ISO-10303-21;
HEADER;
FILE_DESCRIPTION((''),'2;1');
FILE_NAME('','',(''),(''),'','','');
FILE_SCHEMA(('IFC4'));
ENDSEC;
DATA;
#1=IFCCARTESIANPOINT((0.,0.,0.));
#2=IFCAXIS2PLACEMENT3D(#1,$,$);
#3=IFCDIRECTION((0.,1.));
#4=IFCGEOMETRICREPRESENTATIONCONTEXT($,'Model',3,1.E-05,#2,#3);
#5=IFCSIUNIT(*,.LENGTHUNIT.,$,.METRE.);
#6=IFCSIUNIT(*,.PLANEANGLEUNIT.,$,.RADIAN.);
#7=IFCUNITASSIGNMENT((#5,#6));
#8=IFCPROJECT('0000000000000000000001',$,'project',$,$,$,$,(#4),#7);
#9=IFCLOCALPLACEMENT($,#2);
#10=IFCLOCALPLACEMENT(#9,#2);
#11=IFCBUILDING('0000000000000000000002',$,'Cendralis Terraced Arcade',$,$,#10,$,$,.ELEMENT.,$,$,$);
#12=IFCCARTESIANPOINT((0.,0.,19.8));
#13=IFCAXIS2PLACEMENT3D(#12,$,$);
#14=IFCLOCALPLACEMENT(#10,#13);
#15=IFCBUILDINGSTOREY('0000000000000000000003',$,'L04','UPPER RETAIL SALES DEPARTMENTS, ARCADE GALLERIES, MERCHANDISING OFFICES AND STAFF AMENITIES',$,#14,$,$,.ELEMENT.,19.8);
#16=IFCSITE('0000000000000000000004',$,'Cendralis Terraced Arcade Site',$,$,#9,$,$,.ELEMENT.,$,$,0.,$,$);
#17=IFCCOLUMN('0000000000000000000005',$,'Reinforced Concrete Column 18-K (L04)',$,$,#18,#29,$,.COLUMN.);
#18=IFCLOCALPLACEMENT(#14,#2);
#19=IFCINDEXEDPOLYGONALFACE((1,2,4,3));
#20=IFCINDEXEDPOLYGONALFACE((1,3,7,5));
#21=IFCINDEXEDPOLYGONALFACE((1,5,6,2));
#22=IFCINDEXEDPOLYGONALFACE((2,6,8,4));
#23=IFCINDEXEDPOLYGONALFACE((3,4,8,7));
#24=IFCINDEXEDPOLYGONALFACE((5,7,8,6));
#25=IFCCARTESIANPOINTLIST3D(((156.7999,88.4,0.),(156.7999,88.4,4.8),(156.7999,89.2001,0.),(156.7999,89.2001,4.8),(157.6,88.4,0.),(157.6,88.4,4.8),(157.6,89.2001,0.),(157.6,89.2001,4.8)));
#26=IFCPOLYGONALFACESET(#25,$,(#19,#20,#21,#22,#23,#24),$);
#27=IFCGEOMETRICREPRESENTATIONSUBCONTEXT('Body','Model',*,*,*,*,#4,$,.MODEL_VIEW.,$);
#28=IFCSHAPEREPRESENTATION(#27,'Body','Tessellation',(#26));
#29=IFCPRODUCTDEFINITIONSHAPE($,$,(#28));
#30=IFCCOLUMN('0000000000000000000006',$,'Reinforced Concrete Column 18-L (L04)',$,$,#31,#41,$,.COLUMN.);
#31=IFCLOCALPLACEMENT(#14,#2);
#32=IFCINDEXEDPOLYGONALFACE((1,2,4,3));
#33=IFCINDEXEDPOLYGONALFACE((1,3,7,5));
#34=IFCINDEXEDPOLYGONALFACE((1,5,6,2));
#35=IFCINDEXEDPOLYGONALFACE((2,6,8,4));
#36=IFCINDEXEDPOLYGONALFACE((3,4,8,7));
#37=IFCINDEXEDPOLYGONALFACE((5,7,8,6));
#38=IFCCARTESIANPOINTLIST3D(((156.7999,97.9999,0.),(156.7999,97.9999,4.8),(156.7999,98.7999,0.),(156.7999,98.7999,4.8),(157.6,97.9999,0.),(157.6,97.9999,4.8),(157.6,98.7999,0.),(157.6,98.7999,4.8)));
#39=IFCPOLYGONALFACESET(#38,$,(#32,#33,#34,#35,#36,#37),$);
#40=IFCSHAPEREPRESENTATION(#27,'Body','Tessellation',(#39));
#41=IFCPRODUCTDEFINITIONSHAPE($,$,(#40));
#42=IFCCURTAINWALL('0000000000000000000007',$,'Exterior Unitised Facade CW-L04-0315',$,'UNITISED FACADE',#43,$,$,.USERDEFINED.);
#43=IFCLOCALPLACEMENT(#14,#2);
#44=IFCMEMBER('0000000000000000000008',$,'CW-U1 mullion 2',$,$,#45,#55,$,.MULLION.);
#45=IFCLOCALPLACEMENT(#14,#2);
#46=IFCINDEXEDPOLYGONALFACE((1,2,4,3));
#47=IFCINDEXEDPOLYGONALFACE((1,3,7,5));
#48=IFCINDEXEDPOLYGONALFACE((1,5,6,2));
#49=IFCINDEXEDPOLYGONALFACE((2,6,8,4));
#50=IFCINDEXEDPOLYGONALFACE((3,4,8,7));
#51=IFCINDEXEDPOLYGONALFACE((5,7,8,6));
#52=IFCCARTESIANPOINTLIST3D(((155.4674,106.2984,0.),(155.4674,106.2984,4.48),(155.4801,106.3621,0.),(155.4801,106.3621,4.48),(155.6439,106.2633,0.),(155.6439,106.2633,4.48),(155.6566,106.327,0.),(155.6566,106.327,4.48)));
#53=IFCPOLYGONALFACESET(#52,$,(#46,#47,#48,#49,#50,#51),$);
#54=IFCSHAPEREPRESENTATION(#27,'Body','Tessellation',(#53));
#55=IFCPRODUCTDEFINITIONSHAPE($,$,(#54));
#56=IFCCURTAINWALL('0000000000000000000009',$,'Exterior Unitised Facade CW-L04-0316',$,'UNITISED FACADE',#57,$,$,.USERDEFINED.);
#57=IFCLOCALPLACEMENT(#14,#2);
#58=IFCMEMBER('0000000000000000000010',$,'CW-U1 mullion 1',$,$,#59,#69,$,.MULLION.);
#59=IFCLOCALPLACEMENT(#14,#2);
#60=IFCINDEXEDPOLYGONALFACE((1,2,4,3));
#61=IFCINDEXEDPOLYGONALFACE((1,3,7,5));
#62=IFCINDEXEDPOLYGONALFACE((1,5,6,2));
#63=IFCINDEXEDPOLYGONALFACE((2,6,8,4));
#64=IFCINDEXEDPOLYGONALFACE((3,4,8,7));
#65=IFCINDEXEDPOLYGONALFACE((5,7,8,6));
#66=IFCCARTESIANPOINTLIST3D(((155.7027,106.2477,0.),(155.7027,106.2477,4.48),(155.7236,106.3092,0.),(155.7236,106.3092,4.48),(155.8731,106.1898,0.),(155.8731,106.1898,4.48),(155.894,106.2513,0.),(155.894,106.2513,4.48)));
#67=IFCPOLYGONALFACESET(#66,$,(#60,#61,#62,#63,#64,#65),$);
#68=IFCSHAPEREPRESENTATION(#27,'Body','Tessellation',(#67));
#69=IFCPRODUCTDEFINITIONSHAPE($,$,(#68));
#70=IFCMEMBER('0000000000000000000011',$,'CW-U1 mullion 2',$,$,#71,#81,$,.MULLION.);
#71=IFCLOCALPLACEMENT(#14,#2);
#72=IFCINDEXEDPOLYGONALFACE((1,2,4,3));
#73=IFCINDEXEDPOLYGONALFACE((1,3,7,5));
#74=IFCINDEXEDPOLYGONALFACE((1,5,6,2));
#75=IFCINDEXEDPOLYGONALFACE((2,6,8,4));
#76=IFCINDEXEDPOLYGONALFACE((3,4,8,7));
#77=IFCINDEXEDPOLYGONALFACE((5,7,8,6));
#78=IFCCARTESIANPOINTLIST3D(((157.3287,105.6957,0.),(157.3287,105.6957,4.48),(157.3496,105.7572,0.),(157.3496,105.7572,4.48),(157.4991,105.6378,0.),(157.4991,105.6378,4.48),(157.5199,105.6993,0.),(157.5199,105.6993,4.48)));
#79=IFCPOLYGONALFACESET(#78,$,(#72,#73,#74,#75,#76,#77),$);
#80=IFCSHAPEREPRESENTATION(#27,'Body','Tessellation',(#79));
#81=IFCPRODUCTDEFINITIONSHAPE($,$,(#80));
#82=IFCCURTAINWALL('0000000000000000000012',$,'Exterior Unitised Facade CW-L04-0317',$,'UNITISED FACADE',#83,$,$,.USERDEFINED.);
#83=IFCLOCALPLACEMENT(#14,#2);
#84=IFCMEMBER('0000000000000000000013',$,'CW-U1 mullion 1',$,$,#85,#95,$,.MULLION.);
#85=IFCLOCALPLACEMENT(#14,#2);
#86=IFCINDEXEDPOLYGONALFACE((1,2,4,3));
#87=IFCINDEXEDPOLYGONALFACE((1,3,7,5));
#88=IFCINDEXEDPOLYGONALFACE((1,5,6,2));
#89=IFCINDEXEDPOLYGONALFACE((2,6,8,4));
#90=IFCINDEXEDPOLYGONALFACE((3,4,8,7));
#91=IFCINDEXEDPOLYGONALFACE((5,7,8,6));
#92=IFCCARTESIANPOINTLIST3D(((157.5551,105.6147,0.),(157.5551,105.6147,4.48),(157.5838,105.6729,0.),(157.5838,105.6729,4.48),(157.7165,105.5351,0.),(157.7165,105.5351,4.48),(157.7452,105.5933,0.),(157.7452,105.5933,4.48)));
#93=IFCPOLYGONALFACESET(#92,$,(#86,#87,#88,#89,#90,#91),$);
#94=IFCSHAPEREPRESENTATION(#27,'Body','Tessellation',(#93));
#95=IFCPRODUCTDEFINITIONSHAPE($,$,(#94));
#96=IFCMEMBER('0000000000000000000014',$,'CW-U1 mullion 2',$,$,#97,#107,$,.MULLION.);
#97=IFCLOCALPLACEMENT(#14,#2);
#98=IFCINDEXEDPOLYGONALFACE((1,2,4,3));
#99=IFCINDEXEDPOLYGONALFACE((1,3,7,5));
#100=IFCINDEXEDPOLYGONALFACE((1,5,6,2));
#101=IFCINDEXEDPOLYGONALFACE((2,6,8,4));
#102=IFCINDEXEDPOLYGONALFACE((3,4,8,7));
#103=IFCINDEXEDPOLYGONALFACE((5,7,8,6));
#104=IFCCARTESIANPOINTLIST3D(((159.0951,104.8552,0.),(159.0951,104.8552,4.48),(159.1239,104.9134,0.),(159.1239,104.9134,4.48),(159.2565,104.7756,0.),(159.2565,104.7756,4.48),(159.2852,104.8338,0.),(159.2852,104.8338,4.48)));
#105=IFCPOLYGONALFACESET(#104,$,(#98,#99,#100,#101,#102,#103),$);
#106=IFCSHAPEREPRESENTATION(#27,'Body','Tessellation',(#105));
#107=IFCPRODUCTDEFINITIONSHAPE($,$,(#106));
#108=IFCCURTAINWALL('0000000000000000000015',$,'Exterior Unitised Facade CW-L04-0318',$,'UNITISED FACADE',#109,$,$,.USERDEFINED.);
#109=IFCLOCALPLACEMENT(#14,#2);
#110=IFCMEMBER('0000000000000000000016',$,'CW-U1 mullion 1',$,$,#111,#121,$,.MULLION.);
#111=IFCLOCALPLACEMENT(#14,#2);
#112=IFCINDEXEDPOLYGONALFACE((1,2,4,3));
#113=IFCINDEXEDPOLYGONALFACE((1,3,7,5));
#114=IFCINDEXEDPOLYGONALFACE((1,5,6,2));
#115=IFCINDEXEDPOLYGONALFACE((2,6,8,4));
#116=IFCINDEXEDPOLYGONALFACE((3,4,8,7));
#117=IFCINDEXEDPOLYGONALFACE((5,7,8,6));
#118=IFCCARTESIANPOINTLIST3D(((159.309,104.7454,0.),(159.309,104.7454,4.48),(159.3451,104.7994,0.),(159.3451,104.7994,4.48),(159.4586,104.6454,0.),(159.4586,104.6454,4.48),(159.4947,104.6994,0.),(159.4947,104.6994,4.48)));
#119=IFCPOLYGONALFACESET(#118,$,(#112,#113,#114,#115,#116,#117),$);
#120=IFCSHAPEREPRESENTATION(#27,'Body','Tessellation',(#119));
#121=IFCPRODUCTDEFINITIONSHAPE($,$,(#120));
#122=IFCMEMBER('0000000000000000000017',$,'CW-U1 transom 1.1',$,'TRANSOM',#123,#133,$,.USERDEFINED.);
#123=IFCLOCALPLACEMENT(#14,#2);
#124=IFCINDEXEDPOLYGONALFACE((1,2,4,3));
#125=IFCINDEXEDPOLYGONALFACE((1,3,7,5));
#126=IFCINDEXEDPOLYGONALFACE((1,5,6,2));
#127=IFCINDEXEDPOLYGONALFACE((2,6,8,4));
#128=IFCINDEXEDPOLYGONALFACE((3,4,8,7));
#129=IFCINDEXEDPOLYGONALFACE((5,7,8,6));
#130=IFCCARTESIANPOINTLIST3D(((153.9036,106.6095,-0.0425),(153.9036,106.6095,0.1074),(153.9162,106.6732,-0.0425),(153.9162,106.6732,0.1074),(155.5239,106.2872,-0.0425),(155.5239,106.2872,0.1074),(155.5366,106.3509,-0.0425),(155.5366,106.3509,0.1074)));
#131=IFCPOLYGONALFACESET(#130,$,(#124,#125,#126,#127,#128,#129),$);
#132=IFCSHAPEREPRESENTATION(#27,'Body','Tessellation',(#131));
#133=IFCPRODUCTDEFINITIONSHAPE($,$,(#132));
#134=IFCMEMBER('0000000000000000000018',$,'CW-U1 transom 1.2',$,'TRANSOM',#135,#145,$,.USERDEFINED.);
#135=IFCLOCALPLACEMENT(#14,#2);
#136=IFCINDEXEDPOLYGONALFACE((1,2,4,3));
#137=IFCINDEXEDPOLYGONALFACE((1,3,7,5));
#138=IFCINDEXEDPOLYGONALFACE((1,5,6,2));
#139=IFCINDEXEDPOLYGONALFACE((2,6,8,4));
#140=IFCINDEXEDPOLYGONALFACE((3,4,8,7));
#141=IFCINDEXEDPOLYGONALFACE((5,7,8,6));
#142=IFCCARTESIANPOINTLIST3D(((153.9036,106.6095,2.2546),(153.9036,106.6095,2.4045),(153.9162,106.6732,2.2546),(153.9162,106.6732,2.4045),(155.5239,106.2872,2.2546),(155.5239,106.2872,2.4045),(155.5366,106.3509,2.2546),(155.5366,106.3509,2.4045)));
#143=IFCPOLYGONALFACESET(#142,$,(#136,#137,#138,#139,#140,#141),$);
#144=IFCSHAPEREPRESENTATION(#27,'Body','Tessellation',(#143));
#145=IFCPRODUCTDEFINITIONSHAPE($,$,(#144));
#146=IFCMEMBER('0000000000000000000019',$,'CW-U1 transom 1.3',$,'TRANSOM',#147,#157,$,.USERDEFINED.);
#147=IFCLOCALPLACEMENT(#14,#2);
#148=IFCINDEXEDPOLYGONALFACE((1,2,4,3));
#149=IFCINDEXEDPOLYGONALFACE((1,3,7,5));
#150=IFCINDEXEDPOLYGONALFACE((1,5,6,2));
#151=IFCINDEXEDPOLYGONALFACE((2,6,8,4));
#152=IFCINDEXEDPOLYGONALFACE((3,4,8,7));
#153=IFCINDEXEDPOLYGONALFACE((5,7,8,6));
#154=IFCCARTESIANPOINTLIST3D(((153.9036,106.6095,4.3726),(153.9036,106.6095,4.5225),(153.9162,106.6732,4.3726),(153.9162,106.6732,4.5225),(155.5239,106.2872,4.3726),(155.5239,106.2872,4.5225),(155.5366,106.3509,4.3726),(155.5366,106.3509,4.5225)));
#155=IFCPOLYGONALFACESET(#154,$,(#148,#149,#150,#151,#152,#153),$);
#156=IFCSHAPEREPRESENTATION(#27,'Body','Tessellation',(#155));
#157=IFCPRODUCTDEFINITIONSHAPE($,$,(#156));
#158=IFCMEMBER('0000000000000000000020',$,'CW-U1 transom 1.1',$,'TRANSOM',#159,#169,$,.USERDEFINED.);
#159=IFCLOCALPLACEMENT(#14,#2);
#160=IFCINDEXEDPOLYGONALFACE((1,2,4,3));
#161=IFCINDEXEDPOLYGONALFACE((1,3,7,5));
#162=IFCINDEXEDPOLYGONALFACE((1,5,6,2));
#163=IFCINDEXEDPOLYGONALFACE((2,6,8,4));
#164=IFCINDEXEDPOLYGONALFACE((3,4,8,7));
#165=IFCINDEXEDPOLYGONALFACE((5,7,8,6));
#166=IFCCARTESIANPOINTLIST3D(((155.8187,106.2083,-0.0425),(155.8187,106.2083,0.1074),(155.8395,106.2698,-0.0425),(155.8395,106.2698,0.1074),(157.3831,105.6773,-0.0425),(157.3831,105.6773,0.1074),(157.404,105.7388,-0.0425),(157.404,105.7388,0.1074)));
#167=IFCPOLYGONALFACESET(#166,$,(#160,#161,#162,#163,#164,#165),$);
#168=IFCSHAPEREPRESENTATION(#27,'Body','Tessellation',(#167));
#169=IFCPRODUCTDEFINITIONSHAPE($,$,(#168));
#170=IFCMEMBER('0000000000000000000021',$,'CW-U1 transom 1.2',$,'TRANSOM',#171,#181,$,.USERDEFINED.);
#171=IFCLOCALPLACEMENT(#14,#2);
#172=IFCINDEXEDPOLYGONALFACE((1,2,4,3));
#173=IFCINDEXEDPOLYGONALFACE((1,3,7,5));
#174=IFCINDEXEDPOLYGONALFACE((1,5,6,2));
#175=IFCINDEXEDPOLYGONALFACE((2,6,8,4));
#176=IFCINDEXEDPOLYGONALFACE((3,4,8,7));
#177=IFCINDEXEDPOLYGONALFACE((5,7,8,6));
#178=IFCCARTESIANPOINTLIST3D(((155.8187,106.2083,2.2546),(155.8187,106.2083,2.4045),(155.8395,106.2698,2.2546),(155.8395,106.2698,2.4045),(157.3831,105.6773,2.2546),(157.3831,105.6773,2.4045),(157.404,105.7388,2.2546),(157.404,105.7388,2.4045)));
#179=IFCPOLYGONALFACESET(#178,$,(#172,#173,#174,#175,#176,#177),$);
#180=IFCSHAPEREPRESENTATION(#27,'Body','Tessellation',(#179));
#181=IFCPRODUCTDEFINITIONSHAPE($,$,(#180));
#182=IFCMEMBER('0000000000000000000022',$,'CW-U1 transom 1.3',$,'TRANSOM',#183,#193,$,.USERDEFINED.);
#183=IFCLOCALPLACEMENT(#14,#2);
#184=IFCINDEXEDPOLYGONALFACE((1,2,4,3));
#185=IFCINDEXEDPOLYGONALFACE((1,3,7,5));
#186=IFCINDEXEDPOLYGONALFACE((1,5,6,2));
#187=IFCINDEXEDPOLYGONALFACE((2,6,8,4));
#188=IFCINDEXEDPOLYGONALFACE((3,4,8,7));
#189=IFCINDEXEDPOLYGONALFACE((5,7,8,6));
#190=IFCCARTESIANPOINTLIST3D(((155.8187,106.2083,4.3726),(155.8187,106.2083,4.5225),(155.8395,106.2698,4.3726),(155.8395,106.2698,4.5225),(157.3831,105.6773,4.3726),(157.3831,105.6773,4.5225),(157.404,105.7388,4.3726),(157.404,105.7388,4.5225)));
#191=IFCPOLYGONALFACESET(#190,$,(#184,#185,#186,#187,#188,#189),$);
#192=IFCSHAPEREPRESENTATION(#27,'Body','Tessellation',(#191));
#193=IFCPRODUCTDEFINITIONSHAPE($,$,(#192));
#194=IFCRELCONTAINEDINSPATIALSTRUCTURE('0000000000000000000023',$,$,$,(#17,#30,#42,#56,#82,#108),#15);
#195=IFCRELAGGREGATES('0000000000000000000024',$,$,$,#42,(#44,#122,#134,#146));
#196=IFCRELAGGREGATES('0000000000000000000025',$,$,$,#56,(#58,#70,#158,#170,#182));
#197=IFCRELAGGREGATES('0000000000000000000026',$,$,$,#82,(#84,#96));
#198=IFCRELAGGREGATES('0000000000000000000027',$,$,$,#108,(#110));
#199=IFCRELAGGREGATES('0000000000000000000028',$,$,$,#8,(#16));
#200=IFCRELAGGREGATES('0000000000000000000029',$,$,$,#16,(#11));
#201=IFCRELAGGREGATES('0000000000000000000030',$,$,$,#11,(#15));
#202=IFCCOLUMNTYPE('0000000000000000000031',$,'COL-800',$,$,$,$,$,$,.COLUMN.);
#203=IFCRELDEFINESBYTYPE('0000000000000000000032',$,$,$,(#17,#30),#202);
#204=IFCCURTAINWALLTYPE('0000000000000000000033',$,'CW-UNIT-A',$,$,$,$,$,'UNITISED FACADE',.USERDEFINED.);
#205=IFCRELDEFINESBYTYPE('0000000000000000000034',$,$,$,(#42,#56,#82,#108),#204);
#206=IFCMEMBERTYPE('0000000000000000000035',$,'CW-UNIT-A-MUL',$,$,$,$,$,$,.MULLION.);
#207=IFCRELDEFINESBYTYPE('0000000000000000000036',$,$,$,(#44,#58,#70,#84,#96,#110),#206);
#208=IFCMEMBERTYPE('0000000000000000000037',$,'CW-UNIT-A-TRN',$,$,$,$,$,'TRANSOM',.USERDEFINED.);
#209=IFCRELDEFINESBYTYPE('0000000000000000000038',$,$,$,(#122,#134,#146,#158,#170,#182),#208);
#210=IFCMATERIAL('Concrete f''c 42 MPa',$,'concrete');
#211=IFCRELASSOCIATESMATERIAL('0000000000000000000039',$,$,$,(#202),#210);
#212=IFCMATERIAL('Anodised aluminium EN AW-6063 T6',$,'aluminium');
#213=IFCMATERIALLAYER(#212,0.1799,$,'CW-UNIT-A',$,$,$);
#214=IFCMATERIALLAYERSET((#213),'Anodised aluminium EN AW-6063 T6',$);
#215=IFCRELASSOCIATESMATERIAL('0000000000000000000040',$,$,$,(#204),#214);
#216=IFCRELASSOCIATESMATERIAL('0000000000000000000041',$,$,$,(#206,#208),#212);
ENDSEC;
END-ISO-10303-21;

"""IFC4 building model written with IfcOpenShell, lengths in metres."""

from ifc_helpers import new_model, si_unit, direction, frame, origin, origin_2d, place, context, subcontext, project, spatial, rectangle, extrude, material, layer, layer_set, material_profile, profile_set, type_object, element, aggregate, save


model = new_model("IFC4")

# Units and contexts
model_context = context("Model", 3, precision=1e-05, world=origin(), true_north=direction((0.0, 1.0)))
body_context = subcontext(model_context, "Body", "Model", "MODEL_VIEW")
ifc_project = project(units=[si_unit("LENGTHUNIT", "METRE"), si_unit("PLANEANGLEUNIT", "RADIAN")], contexts=[model_context])

# Site, building, storey
site_placement = place(None, origin())
site = spatial("IfcSite", under=ifc_project, at=site_placement, Name="Cendralis Terraced Arcade Site", CompositionType="ELEMENT", RefElevation=0.0)
building_placement = place(site_placement, origin())
building = spatial("IfcBuilding", under=site, at=building_placement, Name="Cendralis Terraced Arcade", CompositionType="ELEMENT")
storey_placement = place(building_placement, frame((0.0, 0.0, 19.8)))
storey = spatial("IfcBuildingStorey", under=building, at=storey_placement, Name="L04", Description="UPPER RETAIL SALES DEPARTMENTS, ARCADE GALLERIES, MERCHANDISING OFFICES AND STAFF AMENITIES", CompositionType="ELEMENT", Elevation=19.8)

# Columns
ifc_material_1 = material(Name="Concrete f'c 42 MPa", Category="concrete")
ifc_material_profile_1 = material_profile(ifc_material_1, rectangle(XDim=0.8, YDim=0.8, at=origin_2d()), Name="RC-COL-800x800", Category="LoadBearing")
ifc_profile_set_1 = profile_set([ifc_material_profile_1], Name="Concrete f'c 42 MPa")
column_type = type_object("IfcColumnType", Name="COL-800", PredefinedType="COLUMN", material=ifc_profile_set_1)
for number, where, z_axis, x_axis, name in (
    (1, (157.2, 88.8, 0.0), (0.0, 0.0, 1.0), (1.0, 0.0, 0.0), "Reinforced Concrete Column 18-K (L04)"),
    (2, (157.2, 98.3999, 0.0), (0.0, 0.0, 1.0), (1.0, 0.0, 0.0), "Reinforced Concrete Column 18-L (L04)"),
):
    element("IfcColumn", number, at=place(storey_placement, frame(where, z_axis=z_axis, x_axis=x_axis)), inside=storey, type_object=column_type, Name=name, PredefinedType="COLUMN", context=body_context, shape_type="SweptSolid", body=[
        extrude(rectangle(XDim=0.8, YDim=0.8, at=origin_2d()), origin(), (0.0, 0.0, 1.0), 4.8),
    ])

# Curtain wall, member
ifc_material_2 = material(Name="Anodised aluminium EN AW-6063 T6", Category="aluminium")
ifc_layer_1 = layer(ifc_material_2, 0.1799, Name="CW-UNIT-A")
ifc_layer_set_1 = layer_set([ifc_layer_1], Name="Anodised aluminium EN AW-6063 T6")
curtain_wall_type = type_object("IfcCurtainWallType", Name="CW-UNIT-A", ElementType="UNITISED FACADE", PredefinedType="USERDEFINED", material=ifc_layer_set_1)
curtain_wall_1_placement = place(storey_placement, origin())
curtain_wall_1 = element("IfcCurtainWall", 3, at=curtain_wall_1_placement, inside=storey, type_object=curtain_wall_type, Name="Exterior Unitised Facade CW-L04-0315", ObjectType="UNITISED FACADE", PredefinedType="USERDEFINED")
ifc_material_profile_2 = material_profile(ifc_material_2, rectangle(XDim=0.0649, YDim=0.1799, at=origin_2d()), Name="ALU-MUL-65x180")
ifc_profile_set_2 = profile_set([ifc_material_profile_2], Name="Anodised aluminium EN AW-6063 T6")
member_type_1 = type_object("IfcMemberType", Name="CW-UNIT-A-MUL", PredefinedType="MULLION", material=ifc_profile_set_2)
member_1_placement = place(storey_placement, frame((155.562, 106.3127, 0.0), z_axis=(0.0, 0.0, 1.0), x_axis=(0.195058, 0.980792, 0.0)))
member_1 = element("IfcMember", 4, at=member_1_placement, type_object=member_type_1, Name="CW-U1 mullion 2", PredefinedType="MULLION", context=body_context, shape_type="SweptSolid", body=[
    extrude(rectangle(XDim=0.0649, YDim=0.1799, at=origin_2d()), origin(), (0.0, 0.0, 1.0), 4.48),
])

# Curtain walls, members
curtain_wall_2_placement = place(storey_placement, origin())
curtain_wall_2 = element("IfcCurtainWall", 5, at=curtain_wall_2_placement, inside=storey, type_object=curtain_wall_type, Name="Exterior Unitised Facade CW-L04-0316", ObjectType="UNITISED FACADE", PredefinedType="USERDEFINED")
member_2_placement = place(storey_placement, frame((155.7983, 106.2495, 0.0), z_axis=(0.0, 0.0, 1.0), x_axis=(0.321458, 0.946924, 0.0)))
member_2 = element("IfcMember", 6, at=member_2_placement, type_object=member_type_1, Name="CW-U1 mullion 1", PredefinedType="MULLION", context=body_context, shape_type="SweptSolid", body=[
    extrude(rectangle(XDim=0.0649, YDim=0.1799, at=origin_2d()), origin(), (0.0, 0.0, 1.0), 4.48),
])
member_3_placement = place(storey_placement, frame((157.4243, 105.6975, 0.0), z_axis=(0.0, 0.0, 1.0), x_axis=(0.321458, 0.946924, 0.0)))
member_3 = element("IfcMember", 7, at=member_3_placement, type_object=member_type_1, Name="CW-U1 mullion 2", PredefinedType="MULLION", context=body_context, shape_type="SweptSolid", body=[
    extrude(rectangle(XDim=0.0649, YDim=0.1799, at=origin_2d()), origin(), (0.0, 0.0, 1.0), 4.48),
])
curtain_wall_3_placement = place(storey_placement, origin())
curtain_wall_3 = element("IfcCurtainWall", 8, at=curtain_wall_3_placement, inside=storey, type_object=curtain_wall_type, Name="Exterior Unitised Facade CW-L04-0317", ObjectType="UNITISED FACADE", PredefinedType="USERDEFINED")
member_4_placement = place(storey_placement, frame((157.6501, 105.604, 0.0), z_axis=(0.0, 0.0, 1.0), x_axis=(0.442291, 0.896871, 0.0)))
member_4 = element("IfcMember", 9, at=member_4_placement, type_object=member_type_1, Name="CW-U1 mullion 1", PredefinedType="MULLION", context=body_context, shape_type="SweptSolid", body=[
    extrude(rectangle(XDim=0.0649, YDim=0.1799, at=origin_2d()), origin(), (0.0, 0.0, 1.0), 4.48),
])
member_5_placement = place(storey_placement, frame((159.1902, 104.8445, 0.0), z_axis=(0.0, 0.0, 1.0), x_axis=(0.442291, 0.896871, 0.0)))
member_5 = element("IfcMember", 10, at=member_5_placement, type_object=member_type_1, Name="CW-U1 mullion 2", PredefinedType="MULLION", context=body_context, shape_type="SweptSolid", body=[
    extrude(rectangle(XDim=0.0649, YDim=0.1799, at=origin_2d()), origin(), (0.0, 0.0, 1.0), 4.48),
])

# Curtain wall, member
curtain_wall_4_placement = place(storey_placement, origin())
curtain_wall_4 = element("IfcCurtainWall", 11, at=curtain_wall_4_placement, inside=storey, type_object=curtain_wall_type, Name="Exterior Unitised Facade CW-L04-0318", ObjectType="UNITISED FACADE", PredefinedType="USERDEFINED")
member_6_placement = place(storey_placement, frame((159.4019, 104.7224, 0.0), z_axis=(0.0, 0.0, 1.0), x_axis=(0.555567, 0.831471, 0.0)))
member_6 = element("IfcMember", 12, at=member_6_placement, type_object=member_type_1, Name="CW-U1 mullion 1", PredefinedType="MULLION", context=body_context, shape_type="SweptSolid", body=[
    extrude(rectangle(XDim=0.0649, YDim=0.1799, at=origin_2d()), origin(), (0.0, 0.0, 1.0), 4.48),
])

# Members
ifc_material_profile_3 = material_profile(ifc_material_2, rectangle(XDim=0.0649, YDim=0.1499, at=origin_2d()), Name="ALU-TRN-65x150")
ifc_profile_set_3 = profile_set([ifc_material_profile_3], Name="Anodised aluminium EN AW-6063 T6")
member_type_2 = type_object("IfcMemberType", Name="CW-UNIT-A-TRN", ElementType="TRANSOM", PredefinedType="USERDEFINED", material=ifc_profile_set_3)
member_7_placement = place(storey_placement, frame((153.9099, 106.6414, 0.0325), z_axis=(0.98079, -0.195065, 0.0), x_axis=(0.195065, 0.98079, 0.0)))
member_7 = element("IfcMember", 13, at=member_7_placement, type_object=member_type_2, Name="CW-U1 transom 1.1", ObjectType="TRANSOM", PredefinedType="USERDEFINED", context=body_context, shape_type="SweptSolid", body=[
    extrude(rectangle(XDim=0.0649, YDim=0.1499, at=origin_2d()), origin(), (0.0, 0.0, 1.0), 1.6521),
])
member_8_placement = place(storey_placement, frame((153.9099, 106.6414, 2.3296), z_axis=(0.98079, -0.195065, 0.0), x_axis=(0.195065, 0.98079, 0.0)))
member_8 = element("IfcMember", 14, at=member_8_placement, type_object=member_type_2, Name="CW-U1 transom 1.2", ObjectType="TRANSOM", PredefinedType="USERDEFINED", context=body_context, shape_type="SweptSolid", body=[
    extrude(rectangle(XDim=0.0649, YDim=0.1499, at=origin_2d()), origin(), (0.0, 0.0, 1.0), 1.6521),
])
member_9_placement = place(storey_placement, frame((153.9099, 106.6414, 4.4475), z_axis=(0.98079, -0.195065, 0.0), x_axis=(0.195065, 0.98079, 0.0)))
member_9 = element("IfcMember", 15, at=member_9_placement, type_object=member_type_2, Name="CW-U1 transom 1.3", ObjectType="TRANSOM", PredefinedType="USERDEFINED", context=body_context, shape_type="SweptSolid", body=[
    extrude(rectangle(XDim=0.0649, YDim=0.1499, at=origin_2d()), origin(), (0.0, 0.0, 1.0), 1.6521),
])
member_10_placement = place(storey_placement, frame((155.8291, 106.239, 0.0325), z_axis=(0.94694, -0.32141, 0.0), x_axis=(0.32141, 0.94694, 0.0)))
member_10 = element("IfcMember", 16, at=member_10_placement, type_object=member_type_2, Name="CW-U1 transom 1.1", ObjectType="TRANSOM", PredefinedType="USERDEFINED", context=body_context, shape_type="SweptSolid", body=[
    extrude(rectangle(XDim=0.0649, YDim=0.1499, at=origin_2d()), origin(), (0.0, 0.0, 1.0), 1.6521),
])
member_11_placement = place(storey_placement, frame((155.8291, 106.239, 2.3296), z_axis=(0.94694, -0.32141, 0.0), x_axis=(0.32141, 0.94694, 0.0)))
member_11 = element("IfcMember", 17, at=member_11_placement, type_object=member_type_2, Name="CW-U1 transom 1.2", ObjectType="TRANSOM", PredefinedType="USERDEFINED", context=body_context, shape_type="SweptSolid", body=[
    extrude(rectangle(XDim=0.0649, YDim=0.1499, at=origin_2d()), origin(), (0.0, 0.0, 1.0), 1.6521),
])
member_12_placement = place(storey_placement, frame((155.8291, 106.239, 4.4475), z_axis=(0.94694, -0.32141, 0.0), x_axis=(0.32141, 0.94694, 0.0)))
member_12 = element("IfcMember", 18, at=member_12_placement, type_object=member_type_2, Name="CW-U1 transom 1.3", ObjectType="TRANSOM", PredefinedType="USERDEFINED", context=body_context, shape_type="SweptSolid", body=[
    extrude(rectangle(XDim=0.0649, YDim=0.1499, at=origin_2d()), origin(), (0.0, 0.0, 1.0), 1.6521),
])

aggregate(curtain_wall_1, [member_1, member_7, member_8, member_9])
aggregate(curtain_wall_2, [member_2, member_3, member_10, member_11, member_12])
aggregate(curtain_wall_3, [member_4, member_5])
aggregate(curtain_wall_4, [member_6])

save(model, "model.ifc")
